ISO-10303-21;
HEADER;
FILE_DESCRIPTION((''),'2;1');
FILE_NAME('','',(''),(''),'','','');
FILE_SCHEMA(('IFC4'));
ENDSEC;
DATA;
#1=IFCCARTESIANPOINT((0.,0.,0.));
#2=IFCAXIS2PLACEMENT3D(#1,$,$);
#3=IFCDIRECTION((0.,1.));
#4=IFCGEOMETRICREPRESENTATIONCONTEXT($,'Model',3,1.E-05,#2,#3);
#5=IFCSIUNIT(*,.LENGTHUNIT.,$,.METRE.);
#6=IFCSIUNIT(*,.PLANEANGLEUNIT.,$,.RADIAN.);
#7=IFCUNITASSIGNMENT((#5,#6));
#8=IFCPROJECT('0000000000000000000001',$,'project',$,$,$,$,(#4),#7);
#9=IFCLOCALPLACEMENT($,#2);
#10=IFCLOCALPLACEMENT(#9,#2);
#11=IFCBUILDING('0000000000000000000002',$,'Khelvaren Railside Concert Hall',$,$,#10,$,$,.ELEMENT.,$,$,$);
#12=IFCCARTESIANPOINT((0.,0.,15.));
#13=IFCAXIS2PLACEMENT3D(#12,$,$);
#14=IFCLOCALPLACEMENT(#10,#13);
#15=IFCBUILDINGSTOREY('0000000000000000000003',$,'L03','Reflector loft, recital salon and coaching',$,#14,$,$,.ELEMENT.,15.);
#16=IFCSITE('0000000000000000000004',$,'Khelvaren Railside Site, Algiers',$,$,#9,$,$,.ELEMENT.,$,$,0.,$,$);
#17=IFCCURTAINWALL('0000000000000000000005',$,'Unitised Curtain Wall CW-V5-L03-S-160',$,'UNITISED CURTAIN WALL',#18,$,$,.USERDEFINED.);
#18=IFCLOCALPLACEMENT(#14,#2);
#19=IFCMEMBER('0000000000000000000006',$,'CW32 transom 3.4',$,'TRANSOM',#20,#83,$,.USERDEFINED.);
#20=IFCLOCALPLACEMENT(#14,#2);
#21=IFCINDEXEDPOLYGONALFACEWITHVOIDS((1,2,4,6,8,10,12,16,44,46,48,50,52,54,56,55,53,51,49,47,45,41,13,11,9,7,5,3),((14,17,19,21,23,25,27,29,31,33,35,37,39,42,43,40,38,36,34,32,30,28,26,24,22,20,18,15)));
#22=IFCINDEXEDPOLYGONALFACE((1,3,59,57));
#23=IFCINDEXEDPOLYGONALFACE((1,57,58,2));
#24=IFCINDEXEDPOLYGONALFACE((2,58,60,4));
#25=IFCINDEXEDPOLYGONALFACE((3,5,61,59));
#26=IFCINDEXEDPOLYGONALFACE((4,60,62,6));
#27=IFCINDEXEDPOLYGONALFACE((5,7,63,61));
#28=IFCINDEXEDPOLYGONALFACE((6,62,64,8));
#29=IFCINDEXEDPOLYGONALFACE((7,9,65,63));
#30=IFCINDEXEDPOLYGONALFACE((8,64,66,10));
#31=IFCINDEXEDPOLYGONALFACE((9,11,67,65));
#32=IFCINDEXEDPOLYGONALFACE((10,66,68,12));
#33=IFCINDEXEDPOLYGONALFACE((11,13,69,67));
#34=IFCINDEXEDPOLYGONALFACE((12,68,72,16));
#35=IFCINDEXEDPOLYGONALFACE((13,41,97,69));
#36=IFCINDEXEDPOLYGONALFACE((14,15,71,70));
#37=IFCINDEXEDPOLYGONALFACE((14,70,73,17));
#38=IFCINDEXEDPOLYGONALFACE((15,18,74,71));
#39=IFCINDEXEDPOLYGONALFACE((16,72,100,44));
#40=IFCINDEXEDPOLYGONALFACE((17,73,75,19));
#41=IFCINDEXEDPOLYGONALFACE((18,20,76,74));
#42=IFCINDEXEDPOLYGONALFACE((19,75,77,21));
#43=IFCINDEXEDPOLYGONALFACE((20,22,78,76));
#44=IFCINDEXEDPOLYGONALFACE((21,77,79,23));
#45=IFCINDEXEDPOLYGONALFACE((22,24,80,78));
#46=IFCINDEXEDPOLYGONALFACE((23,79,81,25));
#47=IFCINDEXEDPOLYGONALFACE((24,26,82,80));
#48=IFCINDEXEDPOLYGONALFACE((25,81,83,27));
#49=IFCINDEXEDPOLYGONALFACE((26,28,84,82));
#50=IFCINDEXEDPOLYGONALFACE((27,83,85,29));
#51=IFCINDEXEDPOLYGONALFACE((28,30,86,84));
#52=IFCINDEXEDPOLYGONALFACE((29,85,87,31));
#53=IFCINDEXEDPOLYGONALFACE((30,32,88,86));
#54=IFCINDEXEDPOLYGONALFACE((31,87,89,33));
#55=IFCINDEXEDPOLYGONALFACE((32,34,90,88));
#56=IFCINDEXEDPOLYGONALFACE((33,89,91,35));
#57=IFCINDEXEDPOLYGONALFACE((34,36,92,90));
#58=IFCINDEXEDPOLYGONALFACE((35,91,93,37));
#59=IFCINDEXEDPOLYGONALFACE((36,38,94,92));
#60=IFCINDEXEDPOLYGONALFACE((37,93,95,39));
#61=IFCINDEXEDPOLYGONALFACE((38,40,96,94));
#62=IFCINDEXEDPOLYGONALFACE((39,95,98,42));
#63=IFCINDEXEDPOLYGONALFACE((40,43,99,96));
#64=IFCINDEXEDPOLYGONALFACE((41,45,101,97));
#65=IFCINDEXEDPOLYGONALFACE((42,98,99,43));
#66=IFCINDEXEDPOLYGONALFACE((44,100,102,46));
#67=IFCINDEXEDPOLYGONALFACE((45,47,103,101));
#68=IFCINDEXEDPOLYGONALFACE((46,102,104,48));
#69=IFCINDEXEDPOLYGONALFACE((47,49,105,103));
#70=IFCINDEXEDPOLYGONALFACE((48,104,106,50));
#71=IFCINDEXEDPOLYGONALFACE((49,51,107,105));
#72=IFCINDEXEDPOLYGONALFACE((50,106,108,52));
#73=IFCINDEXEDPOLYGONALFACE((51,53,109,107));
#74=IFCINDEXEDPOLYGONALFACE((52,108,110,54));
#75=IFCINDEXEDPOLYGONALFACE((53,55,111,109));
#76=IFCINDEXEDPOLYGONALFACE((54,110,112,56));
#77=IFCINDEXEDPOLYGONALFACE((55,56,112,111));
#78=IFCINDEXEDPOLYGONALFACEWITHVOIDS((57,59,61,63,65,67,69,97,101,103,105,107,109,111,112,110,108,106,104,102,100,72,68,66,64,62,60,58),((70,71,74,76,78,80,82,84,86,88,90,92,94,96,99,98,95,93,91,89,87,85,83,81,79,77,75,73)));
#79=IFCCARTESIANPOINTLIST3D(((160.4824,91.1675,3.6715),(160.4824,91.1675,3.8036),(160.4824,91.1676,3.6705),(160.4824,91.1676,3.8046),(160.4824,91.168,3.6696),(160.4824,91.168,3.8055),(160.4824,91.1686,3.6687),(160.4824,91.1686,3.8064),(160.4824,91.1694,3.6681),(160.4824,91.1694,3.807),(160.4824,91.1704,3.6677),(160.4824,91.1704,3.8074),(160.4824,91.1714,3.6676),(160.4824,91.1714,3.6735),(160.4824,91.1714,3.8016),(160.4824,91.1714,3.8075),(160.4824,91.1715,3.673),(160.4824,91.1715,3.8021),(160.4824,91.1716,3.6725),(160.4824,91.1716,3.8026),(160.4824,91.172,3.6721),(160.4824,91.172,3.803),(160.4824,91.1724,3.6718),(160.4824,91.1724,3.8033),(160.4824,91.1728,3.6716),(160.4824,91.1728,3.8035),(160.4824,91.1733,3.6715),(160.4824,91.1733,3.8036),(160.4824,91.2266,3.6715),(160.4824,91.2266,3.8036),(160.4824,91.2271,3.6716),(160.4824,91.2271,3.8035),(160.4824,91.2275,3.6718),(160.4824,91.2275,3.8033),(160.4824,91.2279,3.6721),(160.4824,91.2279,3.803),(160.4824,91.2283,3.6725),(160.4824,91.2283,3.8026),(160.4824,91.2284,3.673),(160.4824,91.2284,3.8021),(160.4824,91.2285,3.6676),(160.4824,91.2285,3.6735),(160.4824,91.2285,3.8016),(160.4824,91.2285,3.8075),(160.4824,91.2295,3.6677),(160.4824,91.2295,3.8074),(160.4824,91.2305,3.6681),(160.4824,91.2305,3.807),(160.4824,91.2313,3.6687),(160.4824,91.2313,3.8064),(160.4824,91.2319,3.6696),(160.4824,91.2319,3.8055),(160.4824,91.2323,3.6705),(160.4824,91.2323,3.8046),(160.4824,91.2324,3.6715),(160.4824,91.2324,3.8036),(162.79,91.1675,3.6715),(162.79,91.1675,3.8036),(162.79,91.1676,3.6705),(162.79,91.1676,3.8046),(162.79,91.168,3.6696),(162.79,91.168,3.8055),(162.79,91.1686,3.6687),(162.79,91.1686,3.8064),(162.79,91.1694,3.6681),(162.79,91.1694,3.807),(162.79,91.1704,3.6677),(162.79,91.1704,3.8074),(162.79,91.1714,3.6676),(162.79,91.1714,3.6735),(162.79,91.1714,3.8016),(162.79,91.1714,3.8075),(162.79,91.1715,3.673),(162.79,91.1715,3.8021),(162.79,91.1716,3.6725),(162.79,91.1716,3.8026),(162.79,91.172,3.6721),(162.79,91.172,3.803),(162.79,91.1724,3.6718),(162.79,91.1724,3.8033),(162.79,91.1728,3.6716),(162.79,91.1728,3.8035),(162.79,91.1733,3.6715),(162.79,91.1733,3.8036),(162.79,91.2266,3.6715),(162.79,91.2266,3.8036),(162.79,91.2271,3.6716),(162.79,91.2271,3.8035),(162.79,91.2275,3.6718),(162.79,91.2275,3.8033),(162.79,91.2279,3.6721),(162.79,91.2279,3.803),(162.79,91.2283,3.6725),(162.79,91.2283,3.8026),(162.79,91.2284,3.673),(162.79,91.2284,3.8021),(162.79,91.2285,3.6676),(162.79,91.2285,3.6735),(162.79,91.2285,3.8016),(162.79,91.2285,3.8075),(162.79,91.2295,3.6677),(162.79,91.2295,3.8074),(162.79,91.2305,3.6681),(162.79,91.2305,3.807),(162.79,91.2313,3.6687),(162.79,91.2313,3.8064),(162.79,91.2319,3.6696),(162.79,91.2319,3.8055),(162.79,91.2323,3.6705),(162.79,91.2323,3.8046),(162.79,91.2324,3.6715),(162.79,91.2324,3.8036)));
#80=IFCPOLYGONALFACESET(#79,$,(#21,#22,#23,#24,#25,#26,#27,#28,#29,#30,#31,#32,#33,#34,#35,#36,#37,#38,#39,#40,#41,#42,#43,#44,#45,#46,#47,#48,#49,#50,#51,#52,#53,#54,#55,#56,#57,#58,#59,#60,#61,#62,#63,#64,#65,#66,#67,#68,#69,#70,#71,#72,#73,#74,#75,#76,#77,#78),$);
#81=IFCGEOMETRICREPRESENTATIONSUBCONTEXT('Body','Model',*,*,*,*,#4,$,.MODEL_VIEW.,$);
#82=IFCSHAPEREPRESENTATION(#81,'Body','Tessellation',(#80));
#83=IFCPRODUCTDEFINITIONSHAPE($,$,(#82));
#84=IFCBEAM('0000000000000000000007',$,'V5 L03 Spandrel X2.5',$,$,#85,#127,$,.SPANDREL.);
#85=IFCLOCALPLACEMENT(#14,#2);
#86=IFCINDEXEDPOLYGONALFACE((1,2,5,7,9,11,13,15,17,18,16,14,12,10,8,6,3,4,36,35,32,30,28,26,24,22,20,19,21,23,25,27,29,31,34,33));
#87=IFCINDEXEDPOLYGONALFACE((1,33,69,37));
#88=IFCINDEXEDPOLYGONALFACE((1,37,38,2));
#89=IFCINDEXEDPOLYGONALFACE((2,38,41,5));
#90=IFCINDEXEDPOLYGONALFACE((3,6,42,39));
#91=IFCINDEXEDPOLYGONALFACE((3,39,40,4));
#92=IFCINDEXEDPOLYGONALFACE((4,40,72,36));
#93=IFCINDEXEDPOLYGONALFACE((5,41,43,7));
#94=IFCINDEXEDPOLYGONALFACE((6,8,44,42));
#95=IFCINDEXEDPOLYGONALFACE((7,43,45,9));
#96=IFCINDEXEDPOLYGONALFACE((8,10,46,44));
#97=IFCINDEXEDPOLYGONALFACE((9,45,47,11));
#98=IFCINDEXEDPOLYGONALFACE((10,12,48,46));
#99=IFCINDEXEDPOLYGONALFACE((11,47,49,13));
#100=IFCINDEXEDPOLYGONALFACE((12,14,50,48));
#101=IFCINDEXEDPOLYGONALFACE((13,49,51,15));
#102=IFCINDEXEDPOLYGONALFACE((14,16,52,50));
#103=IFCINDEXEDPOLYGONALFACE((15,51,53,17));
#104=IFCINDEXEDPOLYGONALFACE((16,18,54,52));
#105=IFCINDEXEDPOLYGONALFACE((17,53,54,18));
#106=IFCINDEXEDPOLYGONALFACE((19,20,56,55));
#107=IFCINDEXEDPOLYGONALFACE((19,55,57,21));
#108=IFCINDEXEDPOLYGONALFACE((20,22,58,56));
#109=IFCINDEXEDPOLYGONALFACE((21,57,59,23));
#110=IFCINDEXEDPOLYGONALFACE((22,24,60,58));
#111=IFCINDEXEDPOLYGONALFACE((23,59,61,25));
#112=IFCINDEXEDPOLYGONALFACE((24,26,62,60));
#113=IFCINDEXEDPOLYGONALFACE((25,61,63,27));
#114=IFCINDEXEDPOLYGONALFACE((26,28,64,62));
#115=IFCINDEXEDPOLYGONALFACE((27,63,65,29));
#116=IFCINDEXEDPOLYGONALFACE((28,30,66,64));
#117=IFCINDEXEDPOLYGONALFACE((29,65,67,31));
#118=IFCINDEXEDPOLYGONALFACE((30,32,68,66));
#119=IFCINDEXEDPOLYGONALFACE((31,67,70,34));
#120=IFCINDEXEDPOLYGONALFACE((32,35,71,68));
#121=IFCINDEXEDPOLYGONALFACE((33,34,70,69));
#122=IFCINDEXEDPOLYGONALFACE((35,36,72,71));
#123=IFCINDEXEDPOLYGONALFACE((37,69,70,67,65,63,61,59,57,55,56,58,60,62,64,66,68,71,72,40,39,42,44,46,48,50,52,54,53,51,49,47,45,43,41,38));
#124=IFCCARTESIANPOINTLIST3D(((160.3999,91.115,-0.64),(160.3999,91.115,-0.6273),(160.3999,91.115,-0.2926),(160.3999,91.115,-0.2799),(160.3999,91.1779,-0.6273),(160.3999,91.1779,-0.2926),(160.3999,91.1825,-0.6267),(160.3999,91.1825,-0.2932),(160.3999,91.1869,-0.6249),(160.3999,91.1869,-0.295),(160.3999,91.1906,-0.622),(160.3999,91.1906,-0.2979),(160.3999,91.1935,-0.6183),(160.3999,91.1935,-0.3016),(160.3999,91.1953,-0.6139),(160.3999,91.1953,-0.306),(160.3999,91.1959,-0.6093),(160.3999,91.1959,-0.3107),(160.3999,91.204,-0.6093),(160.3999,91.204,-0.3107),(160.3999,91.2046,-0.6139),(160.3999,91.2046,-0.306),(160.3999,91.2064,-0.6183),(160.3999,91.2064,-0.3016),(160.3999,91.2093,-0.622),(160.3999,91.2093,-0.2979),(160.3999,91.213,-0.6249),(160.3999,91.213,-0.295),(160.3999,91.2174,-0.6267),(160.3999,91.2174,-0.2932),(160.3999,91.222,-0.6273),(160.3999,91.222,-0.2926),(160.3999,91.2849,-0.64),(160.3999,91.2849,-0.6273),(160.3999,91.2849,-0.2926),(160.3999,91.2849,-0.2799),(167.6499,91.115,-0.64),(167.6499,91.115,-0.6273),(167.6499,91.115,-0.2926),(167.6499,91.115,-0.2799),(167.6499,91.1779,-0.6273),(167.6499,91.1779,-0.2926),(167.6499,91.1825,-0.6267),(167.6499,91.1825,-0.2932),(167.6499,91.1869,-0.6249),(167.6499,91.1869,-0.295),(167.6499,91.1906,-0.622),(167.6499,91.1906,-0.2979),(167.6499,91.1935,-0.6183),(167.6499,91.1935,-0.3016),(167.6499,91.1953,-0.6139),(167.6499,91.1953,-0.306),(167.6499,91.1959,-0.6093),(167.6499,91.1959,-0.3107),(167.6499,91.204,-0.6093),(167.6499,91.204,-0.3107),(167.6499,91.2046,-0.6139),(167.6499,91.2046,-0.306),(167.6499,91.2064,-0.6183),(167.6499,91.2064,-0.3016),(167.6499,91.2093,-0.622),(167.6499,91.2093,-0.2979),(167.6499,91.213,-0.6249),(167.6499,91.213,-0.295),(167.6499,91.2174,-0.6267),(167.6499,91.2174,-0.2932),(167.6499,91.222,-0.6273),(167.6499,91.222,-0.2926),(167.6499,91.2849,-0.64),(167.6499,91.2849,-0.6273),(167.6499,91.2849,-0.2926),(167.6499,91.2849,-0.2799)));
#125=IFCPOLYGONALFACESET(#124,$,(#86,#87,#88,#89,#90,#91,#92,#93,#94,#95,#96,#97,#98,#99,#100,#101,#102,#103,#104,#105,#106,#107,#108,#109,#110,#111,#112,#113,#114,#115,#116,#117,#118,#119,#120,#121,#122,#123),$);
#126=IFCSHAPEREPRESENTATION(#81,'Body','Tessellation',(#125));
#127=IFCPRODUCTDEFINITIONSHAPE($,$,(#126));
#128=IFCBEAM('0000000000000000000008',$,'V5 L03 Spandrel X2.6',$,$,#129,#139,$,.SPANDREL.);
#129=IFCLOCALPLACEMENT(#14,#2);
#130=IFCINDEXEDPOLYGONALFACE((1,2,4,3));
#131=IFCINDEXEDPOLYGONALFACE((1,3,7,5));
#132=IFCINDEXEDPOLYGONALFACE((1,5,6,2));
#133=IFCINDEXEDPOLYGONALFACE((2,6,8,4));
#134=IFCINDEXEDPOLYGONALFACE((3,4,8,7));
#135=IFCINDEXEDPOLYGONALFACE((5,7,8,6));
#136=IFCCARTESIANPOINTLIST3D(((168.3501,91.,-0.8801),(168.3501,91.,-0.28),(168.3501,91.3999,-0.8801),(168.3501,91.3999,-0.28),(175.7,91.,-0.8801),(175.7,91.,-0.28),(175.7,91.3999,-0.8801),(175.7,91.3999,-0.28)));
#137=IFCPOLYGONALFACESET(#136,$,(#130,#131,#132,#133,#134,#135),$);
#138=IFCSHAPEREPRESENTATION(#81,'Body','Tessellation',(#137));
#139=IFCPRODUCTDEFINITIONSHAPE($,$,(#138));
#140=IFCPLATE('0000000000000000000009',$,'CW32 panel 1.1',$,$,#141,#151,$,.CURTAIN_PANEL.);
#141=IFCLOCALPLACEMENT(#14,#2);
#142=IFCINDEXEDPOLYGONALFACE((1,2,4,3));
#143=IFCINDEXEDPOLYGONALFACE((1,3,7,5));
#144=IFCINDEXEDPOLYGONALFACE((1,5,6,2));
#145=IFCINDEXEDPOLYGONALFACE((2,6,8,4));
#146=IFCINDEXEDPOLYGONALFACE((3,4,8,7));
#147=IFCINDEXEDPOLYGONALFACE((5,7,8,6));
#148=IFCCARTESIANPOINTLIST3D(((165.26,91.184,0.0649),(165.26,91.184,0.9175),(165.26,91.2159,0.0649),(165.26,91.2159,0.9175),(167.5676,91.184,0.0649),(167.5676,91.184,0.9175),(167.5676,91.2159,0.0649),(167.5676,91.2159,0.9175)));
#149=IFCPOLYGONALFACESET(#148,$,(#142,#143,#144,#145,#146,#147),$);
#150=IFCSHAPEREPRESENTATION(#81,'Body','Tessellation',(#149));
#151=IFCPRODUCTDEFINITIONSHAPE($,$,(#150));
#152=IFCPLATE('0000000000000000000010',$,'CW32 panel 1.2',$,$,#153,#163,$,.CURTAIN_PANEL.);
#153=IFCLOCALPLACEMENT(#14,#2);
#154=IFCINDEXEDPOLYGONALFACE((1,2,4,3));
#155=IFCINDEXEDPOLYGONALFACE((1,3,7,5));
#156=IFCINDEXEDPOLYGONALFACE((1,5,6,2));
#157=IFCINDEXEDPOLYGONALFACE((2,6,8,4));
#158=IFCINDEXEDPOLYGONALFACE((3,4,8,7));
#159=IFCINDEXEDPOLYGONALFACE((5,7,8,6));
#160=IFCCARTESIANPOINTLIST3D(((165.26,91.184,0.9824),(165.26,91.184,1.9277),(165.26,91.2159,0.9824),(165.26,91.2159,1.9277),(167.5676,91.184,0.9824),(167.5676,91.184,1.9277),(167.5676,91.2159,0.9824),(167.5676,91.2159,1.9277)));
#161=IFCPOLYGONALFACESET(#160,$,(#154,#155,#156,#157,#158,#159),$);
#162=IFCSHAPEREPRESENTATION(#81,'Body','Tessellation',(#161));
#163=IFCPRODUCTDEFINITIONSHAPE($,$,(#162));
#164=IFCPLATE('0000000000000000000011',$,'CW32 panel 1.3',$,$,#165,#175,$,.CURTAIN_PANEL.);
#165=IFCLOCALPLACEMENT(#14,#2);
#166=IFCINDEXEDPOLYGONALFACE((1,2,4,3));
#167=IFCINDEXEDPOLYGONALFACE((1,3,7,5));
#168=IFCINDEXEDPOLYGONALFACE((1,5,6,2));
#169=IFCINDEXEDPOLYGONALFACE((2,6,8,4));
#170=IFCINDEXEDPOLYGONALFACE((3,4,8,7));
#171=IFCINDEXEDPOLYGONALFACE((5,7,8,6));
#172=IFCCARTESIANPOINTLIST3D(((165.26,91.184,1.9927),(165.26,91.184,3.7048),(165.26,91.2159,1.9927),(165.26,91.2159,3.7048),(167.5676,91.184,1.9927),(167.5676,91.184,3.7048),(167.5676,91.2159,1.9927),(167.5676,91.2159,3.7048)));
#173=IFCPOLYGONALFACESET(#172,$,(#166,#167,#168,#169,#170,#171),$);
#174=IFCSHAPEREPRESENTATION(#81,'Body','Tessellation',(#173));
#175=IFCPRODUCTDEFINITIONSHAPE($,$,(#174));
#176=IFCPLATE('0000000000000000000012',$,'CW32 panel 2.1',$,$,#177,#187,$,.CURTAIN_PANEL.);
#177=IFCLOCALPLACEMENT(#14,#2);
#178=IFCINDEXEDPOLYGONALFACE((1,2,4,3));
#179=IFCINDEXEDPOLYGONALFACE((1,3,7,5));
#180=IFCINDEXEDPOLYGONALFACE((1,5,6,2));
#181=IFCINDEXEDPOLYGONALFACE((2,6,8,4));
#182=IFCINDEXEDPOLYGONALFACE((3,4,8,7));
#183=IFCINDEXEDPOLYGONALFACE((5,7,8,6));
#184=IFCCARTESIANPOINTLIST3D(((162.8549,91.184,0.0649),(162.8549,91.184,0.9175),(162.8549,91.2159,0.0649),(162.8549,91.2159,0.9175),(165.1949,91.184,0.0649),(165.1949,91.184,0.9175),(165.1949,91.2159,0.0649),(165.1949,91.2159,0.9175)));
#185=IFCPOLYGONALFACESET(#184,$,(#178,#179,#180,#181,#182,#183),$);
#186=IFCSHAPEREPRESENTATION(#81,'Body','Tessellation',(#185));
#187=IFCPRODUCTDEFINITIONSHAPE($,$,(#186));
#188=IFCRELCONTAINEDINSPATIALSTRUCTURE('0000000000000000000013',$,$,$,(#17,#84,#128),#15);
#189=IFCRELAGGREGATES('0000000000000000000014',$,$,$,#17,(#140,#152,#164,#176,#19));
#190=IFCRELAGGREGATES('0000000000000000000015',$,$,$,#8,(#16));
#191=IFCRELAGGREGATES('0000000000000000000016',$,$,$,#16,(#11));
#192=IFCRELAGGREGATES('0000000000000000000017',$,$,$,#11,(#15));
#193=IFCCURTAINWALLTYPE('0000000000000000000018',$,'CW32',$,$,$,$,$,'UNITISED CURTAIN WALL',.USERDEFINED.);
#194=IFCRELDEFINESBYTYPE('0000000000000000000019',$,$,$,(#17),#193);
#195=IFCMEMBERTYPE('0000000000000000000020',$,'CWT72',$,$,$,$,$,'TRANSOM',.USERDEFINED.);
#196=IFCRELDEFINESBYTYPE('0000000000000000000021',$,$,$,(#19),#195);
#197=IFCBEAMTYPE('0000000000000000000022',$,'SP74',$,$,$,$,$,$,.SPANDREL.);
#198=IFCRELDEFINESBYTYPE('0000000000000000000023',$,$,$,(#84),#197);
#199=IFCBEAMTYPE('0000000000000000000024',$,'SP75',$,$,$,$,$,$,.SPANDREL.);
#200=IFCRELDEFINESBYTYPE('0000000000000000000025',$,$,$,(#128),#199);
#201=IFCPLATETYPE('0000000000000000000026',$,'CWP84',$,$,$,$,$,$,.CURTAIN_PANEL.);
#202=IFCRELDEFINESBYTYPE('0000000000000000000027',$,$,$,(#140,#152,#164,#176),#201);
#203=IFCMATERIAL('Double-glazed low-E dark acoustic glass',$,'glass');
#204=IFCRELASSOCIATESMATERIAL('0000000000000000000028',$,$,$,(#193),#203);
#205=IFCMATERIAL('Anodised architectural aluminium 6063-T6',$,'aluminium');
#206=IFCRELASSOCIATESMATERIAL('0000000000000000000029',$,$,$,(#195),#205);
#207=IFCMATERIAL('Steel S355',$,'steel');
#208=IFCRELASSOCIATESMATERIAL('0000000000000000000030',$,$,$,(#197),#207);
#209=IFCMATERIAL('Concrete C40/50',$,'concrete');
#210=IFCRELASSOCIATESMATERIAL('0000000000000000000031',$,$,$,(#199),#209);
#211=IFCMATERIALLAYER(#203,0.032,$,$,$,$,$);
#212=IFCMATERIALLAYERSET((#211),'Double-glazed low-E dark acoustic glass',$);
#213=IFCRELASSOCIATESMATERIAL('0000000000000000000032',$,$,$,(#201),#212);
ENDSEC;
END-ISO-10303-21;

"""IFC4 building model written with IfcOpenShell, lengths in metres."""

from ifc_helpers import new_model, si_unit, direction, frame, origin, origin_2d, place, context, subcontext, project, spatial, rectangle, hollow_rectangle, i_section, extrude, material, layer, layer_set, material_profile, profile_set, type_object, element, aggregate, save


model = new_model("IFC4")

# Units and contexts
model_context = context("Model", 3, precision=1e-05, world=origin(), true_north=direction((0.0, 1.0)))
body_context = subcontext(model_context, "Body", "Model", "MODEL_VIEW")
ifc_project = project(units=[si_unit("LENGTHUNIT", "METRE"), si_unit("PLANEANGLEUNIT", "RADIAN")], contexts=[model_context])

# Site, building, storey
site_placement = place(None, origin())
site = spatial("IfcSite", under=ifc_project, at=site_placement, Name="Khelvaren Railside Site, Algiers", CompositionType="ELEMENT", RefElevation=0.0)
building_placement = place(site_placement, origin())
building = spatial("IfcBuilding", under=site, at=building_placement, Name="Khelvaren Railside Concert Hall", CompositionType="ELEMENT")
storey_placement = place(building_placement, frame((0.0, 0.0, 15.0)))
storey = spatial("IfcBuildingStorey", under=building, at=storey_placement, Name="L03", Description="Reflector loft, recital salon and coaching", CompositionType="ELEMENT", Elevation=15.0)

# Curtain wall
ifc_material_1 = material(Name="Double-glazed low-E dark acoustic glass", Category="glass")
curtain_wall_type_1 = type_object("IfcCurtainWallType", Name="CW32", ElementType="UNITISED CURTAIN WALL", PredefinedType="USERDEFINED", material=ifc_material_1)
curtain_wall_1_placement = place(storey_placement, origin())
curtain_wall_1 = element("IfcCurtainWall", 1, at=curtain_wall_1_placement, inside=storey, type_object=curtain_wall_type_1, Name="Unitised Curtain Wall CW-V5-L03-S-160", ObjectType="UNITISED CURTAIN WALL", PredefinedType="USERDEFINED")
ifc_material_2 = material(Name="Anodised architectural aluminium 6063-T6", Category="aluminium")

# Member
ifc_material_profile_1 = material_profile(ifc_material_2, hollow_rectangle(XDim=0.0649, YDim=0.1399, WallThickness=0.0039, InnerFilletRadius=0.002, OuterFilletRadius=0.0039, at=origin_2d()), Name="CWT 65x140x4")
ifc_profile_set_1 = profile_set([ifc_material_profile_1], Name="Anodised architectural aluminium 6063-T6")
member_type_1 = type_object("IfcMemberType", Name="CWT72", ElementType="TRANSOM", PredefinedType="USERDEFINED", material=ifc_profile_set_1)
member_1_placement = place(storey_placement, frame((162.79, 91.2, 3.7375), z_axis=(-1.0, 0.0, 0.0), x_axis=(0.0, -1.0, 0.0)))
member_1 = element("IfcMember", 2, at=member_1_placement, type_object=member_type_1, Name="CW32 transom 3.4", ObjectType="TRANSOM", PredefinedType="USERDEFINED", context=body_context, shape_type="SweptSolid", body=[
    extrude(hollow_rectangle(XDim=0.0649, YDim=0.1399, WallThickness=0.0039, InnerFilletRadius=0.002, OuterFilletRadius=0.0039, at=origin_2d()), origin(), (0.0, 0.0, 1.0), 2.3076),
])

# Beams
ifc_material_3 = material(Name="Steel S355", Category="steel")
ifc_material_profile_2 = material_profile(ifc_material_3, i_section(OverallWidth=0.1699, OverallDepth=0.3601, WebThickness=0.0081, FlangeThickness=0.0127, FilletRadius=0.0181, at=origin_2d()), Name="IPE 360")
ifc_profile_set_2 = profile_set([ifc_material_profile_2], Name="Steel S355")
beam_type_1 = type_object("IfcBeamType", Name="SP74", PredefinedType="SPANDREL", material=ifc_profile_set_2)
beam_1_placement = place(storey_placement, frame((160.3999, 91.2, -0.46), z_axis=(1.0, 0.0, 0.0), x_axis=(0.0, 1.0, 0.0)))
element("IfcBeam", 3, at=beam_1_placement, inside=storey, type_object=beam_type_1, Name="V5 L03 Spandrel X2.5", PredefinedType="SPANDREL", context=body_context, shape_type="SweptSolid", body=[
    extrude(i_section(OverallWidth=0.1699, OverallDepth=0.3601, WebThickness=0.0081, FlangeThickness=0.0127, FilletRadius=0.0181, at=origin_2d()), origin(), (0.0, 0.0, 1.0), 7.25),
])
ifc_material_4 = material(Name="Concrete C40/50", Category="concrete")
ifc_material_profile_3 = material_profile(ifc_material_4, rectangle(XDim=0.3999, YDim=0.6001, at=origin_2d()), Name="RCB 400x600")
ifc_profile_set_3 = profile_set([ifc_material_profile_3], Name="Concrete C40/50")
beam_type_2 = type_object("IfcBeamType", Name="SP75", PredefinedType="SPANDREL", material=ifc_profile_set_3)
beam_2_placement = place(storey_placement, frame((168.3501, 91.2, -0.5801), z_axis=(1.0, 0.0, 0.0), x_axis=(0.0, 1.0, 0.0)))
element("IfcBeam", 4, at=beam_2_placement, inside=storey, type_object=beam_type_2, Name="V5 L03 Spandrel X2.6", PredefinedType="SPANDREL", context=body_context, shape_type="SweptSolid", body=[
    extrude(rectangle(XDim=0.3999, YDim=0.6001, at=origin_2d()), origin(), (0.0, 0.0, 1.0), 7.3499),
])

# Plates
ifc_layer = layer(ifc_material_1, 0.032)
ifc_layer_set = layer_set([ifc_layer], Name="Double-glazed low-E dark acoustic glass")
plate_type = type_object("IfcPlateType", Name="CWP84", PredefinedType="CURTAIN_PANEL", material=ifc_layer_set)
plate_1_placement = place(storey_placement, frame((166.4138, 91.2, 0.0649), z_axis=(0.0, 0.0, 1.0), x_axis=(-1.0, 0.0, 0.0)))
plate_1 = element("IfcPlate", 5, at=plate_1_placement, type_object=plate_type, Name="CW32 panel 1.1", PredefinedType="CURTAIN_PANEL", context=body_context, shape_type="SweptSolid", body=[
    extrude(rectangle(XDim=2.3076, YDim=0.032, at=origin_2d()), origin(), (0.0, 0.0, 1.0), 0.8525),
])
plate_2_placement = place(storey_placement, frame((166.4138, 91.2, 0.9824), z_axis=(0.0, 0.0, 1.0), x_axis=(-1.0, 0.0, 0.0)))
plate_2 = element("IfcPlate", 6, at=plate_2_placement, type_object=plate_type, Name="CW32 panel 1.2", PredefinedType="CURTAIN_PANEL", context=body_context, shape_type="SweptSolid", body=[
    extrude(rectangle(XDim=2.3076, YDim=0.032, at=origin_2d()), origin(), (0.0, 0.0, 1.0), 0.9453),
])
plate_3_placement = place(storey_placement, frame((166.4138, 91.2, 1.9927), z_axis=(0.0, 0.0, 1.0), x_axis=(-1.0, 0.0, 0.0)))
plate_3 = element("IfcPlate", 7, at=plate_3_placement, type_object=plate_type, Name="CW32 panel 1.3", PredefinedType="CURTAIN_PANEL", context=body_context, shape_type="SweptSolid", body=[
    extrude(rectangle(XDim=2.3076, YDim=0.032, at=origin_2d()), origin(), (0.0, 0.0, 1.0), 1.7122),
])
plate_4_placement = place(storey_placement, frame((164.0249, 91.2, 0.0649), z_axis=(0.0, 0.0, 1.0), x_axis=(-1.0, 0.0, 0.0)))
plate_4 = element("IfcPlate", 8, at=plate_4_placement, type_object=plate_type, Name="CW32 panel 2.1", PredefinedType="CURTAIN_PANEL", context=body_context, shape_type="SweptSolid", body=[
    extrude(rectangle(XDim=2.3401, YDim=0.032, at=origin_2d()), origin(), (0.0, 0.0, 1.0), 0.8525),
])
aggregate(curtain_wall_1, [plate_1, plate_2, plate_3, plate_4, member_1])

save(model, "model.ifc")
